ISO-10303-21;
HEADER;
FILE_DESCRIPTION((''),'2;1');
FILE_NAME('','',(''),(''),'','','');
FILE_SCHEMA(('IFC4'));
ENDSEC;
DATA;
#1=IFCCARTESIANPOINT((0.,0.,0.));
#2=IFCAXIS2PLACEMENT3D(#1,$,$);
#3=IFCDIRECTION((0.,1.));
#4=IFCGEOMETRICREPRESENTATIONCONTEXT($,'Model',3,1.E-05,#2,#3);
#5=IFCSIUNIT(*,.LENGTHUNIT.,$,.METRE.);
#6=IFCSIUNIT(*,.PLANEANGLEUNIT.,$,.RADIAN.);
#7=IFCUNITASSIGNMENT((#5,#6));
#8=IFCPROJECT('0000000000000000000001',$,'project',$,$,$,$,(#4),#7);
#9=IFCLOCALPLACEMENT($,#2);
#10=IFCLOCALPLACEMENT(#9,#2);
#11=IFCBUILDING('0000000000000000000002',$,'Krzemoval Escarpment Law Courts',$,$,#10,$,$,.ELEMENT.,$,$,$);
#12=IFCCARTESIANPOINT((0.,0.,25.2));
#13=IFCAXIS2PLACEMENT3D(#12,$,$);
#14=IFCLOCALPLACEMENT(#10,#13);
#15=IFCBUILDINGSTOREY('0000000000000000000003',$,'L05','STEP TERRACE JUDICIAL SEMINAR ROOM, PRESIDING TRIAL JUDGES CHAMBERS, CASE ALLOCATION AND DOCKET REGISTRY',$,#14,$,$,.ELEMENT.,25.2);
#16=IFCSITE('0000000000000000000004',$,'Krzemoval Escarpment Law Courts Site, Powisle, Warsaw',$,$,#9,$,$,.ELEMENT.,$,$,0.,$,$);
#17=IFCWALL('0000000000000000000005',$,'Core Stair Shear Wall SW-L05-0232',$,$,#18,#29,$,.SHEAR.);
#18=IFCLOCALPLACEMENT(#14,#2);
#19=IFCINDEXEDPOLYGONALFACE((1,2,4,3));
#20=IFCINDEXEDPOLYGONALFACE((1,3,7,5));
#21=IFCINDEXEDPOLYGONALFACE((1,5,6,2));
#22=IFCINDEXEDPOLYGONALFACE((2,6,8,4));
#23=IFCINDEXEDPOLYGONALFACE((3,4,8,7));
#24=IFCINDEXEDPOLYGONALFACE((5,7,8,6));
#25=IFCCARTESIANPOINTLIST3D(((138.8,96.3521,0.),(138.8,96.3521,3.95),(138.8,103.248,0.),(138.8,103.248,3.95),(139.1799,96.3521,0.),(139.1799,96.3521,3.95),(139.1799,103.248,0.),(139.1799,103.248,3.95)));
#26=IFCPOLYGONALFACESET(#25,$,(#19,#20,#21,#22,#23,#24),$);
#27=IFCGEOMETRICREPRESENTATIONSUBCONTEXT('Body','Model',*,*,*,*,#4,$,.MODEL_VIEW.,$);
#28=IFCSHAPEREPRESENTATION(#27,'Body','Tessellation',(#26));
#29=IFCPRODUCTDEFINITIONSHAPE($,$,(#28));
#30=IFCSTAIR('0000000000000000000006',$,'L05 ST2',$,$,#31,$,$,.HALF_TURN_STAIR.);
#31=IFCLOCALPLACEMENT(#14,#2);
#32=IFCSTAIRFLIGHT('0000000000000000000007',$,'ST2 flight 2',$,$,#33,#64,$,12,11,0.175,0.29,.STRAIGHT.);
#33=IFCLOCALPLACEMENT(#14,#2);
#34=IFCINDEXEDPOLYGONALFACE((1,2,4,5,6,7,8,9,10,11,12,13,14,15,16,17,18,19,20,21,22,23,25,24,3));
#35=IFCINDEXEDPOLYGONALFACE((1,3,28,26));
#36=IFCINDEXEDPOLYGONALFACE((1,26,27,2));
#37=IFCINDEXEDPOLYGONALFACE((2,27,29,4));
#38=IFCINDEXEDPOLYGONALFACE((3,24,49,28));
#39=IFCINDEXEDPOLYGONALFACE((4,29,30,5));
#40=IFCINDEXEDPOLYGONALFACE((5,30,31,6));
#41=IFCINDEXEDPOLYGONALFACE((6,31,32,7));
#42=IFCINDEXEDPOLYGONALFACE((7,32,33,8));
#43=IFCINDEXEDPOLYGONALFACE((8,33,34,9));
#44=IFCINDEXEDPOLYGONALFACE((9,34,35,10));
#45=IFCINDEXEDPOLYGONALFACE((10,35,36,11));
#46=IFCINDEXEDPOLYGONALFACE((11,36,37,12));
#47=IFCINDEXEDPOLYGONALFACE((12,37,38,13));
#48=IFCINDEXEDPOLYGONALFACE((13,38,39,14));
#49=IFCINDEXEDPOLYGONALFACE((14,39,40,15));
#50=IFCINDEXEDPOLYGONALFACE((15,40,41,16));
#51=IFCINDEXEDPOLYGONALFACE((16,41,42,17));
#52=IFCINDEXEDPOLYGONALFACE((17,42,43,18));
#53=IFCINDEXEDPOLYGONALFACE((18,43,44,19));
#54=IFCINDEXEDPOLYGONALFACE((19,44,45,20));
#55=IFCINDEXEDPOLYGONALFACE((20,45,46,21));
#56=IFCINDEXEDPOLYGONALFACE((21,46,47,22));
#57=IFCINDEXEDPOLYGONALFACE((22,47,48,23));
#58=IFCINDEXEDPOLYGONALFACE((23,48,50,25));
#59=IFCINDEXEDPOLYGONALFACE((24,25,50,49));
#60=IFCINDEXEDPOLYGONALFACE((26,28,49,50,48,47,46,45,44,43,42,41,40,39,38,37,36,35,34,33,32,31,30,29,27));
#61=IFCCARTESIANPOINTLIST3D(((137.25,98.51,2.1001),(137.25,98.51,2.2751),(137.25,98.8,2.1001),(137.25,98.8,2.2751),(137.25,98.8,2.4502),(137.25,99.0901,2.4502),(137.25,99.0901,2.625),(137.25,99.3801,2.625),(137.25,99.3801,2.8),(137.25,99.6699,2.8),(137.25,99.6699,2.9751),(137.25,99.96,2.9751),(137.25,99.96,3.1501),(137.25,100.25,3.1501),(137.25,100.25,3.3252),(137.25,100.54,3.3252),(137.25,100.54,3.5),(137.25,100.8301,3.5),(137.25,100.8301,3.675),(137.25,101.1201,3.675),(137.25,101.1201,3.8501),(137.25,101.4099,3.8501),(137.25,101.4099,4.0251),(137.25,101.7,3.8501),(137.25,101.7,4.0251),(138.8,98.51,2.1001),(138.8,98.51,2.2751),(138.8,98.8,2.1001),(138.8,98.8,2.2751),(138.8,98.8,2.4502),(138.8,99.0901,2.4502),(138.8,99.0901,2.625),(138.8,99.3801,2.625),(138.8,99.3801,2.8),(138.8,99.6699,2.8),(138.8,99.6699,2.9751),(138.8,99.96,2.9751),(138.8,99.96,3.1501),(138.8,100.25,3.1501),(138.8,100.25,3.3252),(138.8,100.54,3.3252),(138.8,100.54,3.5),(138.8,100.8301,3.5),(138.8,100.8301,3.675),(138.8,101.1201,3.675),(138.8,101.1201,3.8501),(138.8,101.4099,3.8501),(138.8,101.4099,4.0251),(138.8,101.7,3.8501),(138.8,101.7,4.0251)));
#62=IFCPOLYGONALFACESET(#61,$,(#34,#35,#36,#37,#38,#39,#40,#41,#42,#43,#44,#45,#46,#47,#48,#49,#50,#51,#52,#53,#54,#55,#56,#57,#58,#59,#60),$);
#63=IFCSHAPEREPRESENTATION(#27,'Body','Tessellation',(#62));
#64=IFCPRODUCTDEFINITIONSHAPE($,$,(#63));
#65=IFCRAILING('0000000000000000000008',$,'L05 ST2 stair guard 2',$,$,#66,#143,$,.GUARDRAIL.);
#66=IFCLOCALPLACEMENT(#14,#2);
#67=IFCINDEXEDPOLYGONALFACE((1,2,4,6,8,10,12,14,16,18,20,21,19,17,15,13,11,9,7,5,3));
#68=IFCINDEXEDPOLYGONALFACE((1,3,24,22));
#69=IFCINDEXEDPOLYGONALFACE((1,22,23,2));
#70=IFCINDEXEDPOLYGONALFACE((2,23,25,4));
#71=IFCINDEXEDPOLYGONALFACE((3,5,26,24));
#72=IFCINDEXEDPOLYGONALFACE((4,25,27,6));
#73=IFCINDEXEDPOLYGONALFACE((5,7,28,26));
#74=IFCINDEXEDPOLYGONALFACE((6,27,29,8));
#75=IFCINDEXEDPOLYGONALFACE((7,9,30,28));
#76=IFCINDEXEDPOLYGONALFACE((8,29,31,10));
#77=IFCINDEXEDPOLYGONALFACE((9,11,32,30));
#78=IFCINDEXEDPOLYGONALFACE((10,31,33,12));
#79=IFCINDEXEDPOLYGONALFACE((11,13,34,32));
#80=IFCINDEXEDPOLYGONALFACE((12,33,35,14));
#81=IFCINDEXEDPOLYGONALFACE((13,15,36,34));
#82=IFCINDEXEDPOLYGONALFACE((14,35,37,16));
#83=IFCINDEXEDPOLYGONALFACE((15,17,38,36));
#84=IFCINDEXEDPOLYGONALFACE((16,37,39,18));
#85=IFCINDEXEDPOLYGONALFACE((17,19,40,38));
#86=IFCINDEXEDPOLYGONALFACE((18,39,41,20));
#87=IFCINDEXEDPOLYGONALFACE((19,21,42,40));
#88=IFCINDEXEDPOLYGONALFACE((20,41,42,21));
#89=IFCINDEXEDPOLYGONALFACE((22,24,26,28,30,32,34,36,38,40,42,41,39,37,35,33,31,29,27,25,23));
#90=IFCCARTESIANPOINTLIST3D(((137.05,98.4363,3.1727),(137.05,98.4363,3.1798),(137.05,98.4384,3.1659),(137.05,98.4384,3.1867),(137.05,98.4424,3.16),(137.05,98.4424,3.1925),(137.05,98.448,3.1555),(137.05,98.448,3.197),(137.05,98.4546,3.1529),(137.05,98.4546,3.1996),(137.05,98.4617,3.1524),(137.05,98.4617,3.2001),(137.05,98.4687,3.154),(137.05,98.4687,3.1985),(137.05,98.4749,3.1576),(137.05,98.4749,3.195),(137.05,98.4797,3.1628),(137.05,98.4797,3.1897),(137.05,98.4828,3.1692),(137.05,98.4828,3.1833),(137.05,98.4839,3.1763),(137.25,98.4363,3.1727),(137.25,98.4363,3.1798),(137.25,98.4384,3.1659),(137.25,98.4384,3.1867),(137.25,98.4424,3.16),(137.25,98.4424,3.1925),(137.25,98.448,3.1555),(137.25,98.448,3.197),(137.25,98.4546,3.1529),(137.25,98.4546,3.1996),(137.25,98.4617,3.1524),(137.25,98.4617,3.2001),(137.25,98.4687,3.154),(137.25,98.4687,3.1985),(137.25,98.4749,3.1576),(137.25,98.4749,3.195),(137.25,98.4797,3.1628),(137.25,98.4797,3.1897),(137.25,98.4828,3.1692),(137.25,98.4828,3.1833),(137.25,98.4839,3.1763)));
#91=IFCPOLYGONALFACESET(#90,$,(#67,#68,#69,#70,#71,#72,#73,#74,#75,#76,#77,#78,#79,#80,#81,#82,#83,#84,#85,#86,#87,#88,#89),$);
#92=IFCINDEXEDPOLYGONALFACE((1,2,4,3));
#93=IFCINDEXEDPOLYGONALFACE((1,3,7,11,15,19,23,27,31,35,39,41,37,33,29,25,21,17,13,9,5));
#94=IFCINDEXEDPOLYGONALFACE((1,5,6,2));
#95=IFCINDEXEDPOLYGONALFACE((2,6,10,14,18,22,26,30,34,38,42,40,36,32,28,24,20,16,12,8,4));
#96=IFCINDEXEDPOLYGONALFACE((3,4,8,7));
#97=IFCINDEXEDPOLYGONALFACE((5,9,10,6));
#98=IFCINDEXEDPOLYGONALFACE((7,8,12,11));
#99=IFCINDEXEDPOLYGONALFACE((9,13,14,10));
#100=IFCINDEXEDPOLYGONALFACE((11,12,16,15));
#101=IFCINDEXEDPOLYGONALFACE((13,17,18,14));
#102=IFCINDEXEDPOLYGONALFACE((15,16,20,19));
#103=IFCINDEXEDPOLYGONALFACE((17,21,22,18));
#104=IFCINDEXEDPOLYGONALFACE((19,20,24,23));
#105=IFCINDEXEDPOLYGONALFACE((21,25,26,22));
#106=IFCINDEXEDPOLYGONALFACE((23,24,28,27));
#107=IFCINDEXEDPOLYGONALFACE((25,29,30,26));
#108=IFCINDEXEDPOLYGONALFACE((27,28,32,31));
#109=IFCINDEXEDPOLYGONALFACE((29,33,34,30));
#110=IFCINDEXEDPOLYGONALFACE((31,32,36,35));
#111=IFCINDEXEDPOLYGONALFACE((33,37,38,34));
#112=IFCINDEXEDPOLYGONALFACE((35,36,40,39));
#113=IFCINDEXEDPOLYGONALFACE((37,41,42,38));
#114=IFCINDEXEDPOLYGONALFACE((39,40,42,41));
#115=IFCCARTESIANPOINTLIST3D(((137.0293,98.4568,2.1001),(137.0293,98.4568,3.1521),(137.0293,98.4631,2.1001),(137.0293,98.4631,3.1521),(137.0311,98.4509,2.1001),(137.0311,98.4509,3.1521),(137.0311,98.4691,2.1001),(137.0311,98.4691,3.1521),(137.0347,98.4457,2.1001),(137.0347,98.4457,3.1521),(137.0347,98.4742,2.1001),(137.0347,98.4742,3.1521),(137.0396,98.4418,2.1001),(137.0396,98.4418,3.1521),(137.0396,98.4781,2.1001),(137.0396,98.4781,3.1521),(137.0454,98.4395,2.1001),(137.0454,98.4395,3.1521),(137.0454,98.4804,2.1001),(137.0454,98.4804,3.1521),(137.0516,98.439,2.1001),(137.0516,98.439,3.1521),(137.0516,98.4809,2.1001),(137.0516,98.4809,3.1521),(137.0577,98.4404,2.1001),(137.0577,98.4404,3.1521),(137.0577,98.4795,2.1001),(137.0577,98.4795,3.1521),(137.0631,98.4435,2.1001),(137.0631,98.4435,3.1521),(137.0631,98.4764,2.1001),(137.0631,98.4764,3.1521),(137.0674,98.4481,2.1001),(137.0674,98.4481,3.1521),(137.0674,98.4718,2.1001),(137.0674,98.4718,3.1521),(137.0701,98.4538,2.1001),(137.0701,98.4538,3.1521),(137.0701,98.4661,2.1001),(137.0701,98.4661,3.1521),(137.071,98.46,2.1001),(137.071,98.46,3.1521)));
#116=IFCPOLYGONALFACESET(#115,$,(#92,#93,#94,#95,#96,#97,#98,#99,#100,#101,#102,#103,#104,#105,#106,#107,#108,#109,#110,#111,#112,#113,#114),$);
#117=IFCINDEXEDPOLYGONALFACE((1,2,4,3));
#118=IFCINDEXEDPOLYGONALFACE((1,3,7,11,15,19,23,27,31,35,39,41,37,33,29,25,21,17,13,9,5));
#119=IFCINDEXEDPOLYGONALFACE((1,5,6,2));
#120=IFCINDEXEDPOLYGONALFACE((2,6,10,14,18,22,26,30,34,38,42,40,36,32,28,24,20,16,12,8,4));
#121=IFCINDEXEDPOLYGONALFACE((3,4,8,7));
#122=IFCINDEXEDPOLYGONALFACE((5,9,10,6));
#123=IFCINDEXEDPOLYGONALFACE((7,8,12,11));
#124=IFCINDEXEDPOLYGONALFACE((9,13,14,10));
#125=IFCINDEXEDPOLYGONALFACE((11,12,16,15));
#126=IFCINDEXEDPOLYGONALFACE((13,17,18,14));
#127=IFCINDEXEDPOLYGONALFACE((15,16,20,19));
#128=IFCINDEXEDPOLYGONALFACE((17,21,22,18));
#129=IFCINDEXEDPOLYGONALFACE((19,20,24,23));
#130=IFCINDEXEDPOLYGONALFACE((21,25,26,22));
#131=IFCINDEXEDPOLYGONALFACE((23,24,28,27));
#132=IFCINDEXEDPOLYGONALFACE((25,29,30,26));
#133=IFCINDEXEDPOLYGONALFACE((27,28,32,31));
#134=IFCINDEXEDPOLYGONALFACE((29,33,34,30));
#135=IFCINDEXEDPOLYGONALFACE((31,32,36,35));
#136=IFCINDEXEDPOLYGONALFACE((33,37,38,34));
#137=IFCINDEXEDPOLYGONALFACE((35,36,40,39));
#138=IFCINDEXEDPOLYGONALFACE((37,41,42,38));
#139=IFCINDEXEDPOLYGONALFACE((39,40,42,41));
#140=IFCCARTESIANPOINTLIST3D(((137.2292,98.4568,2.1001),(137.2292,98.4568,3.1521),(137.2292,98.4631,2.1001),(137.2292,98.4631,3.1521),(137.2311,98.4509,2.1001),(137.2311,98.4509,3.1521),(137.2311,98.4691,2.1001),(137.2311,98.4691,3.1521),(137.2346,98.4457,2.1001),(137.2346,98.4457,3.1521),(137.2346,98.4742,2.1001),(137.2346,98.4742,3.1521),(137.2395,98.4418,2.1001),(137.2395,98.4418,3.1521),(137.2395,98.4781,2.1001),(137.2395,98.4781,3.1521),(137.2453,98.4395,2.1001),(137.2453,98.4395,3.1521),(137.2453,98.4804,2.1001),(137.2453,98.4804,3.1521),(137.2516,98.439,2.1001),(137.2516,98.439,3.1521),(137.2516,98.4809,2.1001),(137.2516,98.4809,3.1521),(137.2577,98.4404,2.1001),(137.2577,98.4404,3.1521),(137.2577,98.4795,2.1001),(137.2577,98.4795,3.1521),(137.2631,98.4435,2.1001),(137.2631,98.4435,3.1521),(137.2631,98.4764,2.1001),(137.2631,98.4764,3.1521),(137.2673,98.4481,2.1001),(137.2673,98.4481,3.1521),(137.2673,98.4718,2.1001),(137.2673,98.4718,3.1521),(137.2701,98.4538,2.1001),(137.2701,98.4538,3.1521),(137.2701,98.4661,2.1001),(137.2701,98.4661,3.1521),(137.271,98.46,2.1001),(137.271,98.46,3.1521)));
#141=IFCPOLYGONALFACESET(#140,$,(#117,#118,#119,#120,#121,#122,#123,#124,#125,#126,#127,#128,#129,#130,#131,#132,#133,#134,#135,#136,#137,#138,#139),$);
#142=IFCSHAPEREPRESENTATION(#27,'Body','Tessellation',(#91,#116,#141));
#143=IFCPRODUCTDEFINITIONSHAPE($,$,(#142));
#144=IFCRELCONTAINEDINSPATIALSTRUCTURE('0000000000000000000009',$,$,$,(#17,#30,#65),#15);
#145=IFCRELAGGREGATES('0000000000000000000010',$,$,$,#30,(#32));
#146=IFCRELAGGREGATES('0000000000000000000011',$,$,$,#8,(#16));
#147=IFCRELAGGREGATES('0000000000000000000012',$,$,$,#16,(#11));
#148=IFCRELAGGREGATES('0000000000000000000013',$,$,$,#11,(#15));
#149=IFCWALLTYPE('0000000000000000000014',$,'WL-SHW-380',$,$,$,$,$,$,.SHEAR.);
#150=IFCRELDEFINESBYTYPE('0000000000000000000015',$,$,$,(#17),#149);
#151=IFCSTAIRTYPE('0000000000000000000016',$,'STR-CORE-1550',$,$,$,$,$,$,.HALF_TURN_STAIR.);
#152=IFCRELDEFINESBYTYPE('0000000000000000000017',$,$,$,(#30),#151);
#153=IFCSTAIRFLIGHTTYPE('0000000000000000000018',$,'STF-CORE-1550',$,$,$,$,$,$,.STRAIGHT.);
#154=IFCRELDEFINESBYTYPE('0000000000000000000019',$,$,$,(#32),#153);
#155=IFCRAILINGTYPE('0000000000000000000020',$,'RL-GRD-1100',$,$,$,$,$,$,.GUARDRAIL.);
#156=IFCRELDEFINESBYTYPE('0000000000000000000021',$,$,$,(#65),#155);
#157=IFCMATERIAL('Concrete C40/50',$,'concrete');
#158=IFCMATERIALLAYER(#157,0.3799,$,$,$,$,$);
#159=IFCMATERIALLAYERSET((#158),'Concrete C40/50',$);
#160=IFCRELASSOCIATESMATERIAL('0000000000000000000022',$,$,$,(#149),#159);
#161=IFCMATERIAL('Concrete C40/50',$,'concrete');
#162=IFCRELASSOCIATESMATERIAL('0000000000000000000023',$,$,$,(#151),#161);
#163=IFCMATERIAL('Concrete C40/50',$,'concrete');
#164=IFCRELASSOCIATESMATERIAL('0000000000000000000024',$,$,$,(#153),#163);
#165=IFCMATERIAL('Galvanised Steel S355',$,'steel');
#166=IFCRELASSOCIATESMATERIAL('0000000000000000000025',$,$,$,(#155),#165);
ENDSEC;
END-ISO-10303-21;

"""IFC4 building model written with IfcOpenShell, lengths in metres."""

from ifc_helpers import new_model, si_unit, direction, frame, frame_2d, origin, origin_2d, place, context, subcontext, project, spatial, polyline, rectangle, circle, outline, extrude, material, layer, layer_set, type_object, element, aggregate, save


model = new_model("IFC4")

# Units and contexts
model_context = context("Model", 3, precision=1e-05, world=origin(), true_north=direction((0.0, 1.0)))
body_context = subcontext(model_context, "Body", "Model", "MODEL_VIEW")
ifc_project = project(units=[si_unit("LENGTHUNIT", "METRE"), si_unit("PLANEANGLEUNIT", "RADIAN")], contexts=[model_context])

# Site, building, storey
site_placement = place(None, origin())
site = spatial("IfcSite", under=ifc_project, at=site_placement, Name="Krzemoval Escarpment Law Courts Site, Powisle, Warsaw", CompositionType="ELEMENT", RefElevation=0.0)
building_placement = place(site_placement, origin())
building = spatial("IfcBuilding", under=site, at=building_placement, Name="Krzemoval Escarpment Law Courts", CompositionType="ELEMENT")
storey_placement = place(building_placement, frame((0.0, 0.0, 25.2)))
storey = spatial("IfcBuildingStorey", under=building, at=storey_placement, Name="L05", Description="STEP TERRACE JUDICIAL SEMINAR ROOM, PRESIDING TRIAL JUDGES CHAMBERS, CASE ALLOCATION AND DOCKET REGISTRY", CompositionType="ELEMENT", Elevation=25.2)

# Wall
ifc_material_1 = material(Name="Concrete C40/50", Category="concrete")
ifc_layer_1 = layer(ifc_material_1, 0.3799)
ifc_layer_set_1 = layer_set([ifc_layer_1], Name="Concrete C40/50")
wall_type_1 = type_object("IfcWallType", Name="WL-SHW-380", PredefinedType="SHEAR", material=ifc_layer_set_1)
for number, where, z_axis, x_axis, name in (
    (1, (138.99, 96.3521, 0.0), (0.0, 0.0, 1.0), (0.0, 1.0, 0.0), "Core Stair Shear Wall SW-L05-0232"),
):
    element("IfcWall", number, at=place(storey_placement, frame(where, z_axis=z_axis, x_axis=x_axis)), inside=storey, type_object=wall_type_1, Name=name, PredefinedType="SHEAR", context=body_context, shape_type="SweptSolid", body=[
        extrude(rectangle(XDim=6.896, YDim=0.3799, at=frame_2d((3.448, 0.0))), origin(), (0.0, 0.0, 1.0), 3.95),
    ])

# Stair, stair flight
ifc_material_2 = material(Name="Concrete C40/50", Category="concrete")
stair_type = type_object("IfcStairType", Name="STR-CORE-1550", PredefinedType="HALF_TURN_STAIR", material=ifc_material_2)
stair_placement = place(storey_placement, origin())
stair = element("IfcStair", 2, at=stair_placement, inside=storey, type_object=stair_type, Name="L05 ST2", PredefinedType="HALF_TURN_STAIR")
ifc_material_3 = material(Name="Concrete C40/50", Category="concrete")
stair_flight_type = type_object("IfcStairFlightType", Name="STF-CORE-1550", PredefinedType="STRAIGHT", material=ifc_material_3)
stair_flight_placement = place(storey_placement, frame((138.0249, 98.51, 2.1001), z_axis=(0.0, 0.0, 1.0), x_axis=(0.0, 1.0, 0.0)))
stair_flight = element("IfcStairFlight", 3, at=stair_flight_placement, type_object=stair_flight_type, Name="ST2 flight 2", NumberOfRisers=12, NumberOfTreads=11, PredefinedType="STRAIGHT", RiserHeight=0.175, TreadLength=0.29, context=body_context, shape_type="SweptSolid", body=[
    extrude(outline(polyline([(0.0, 0.0), (0.0, 0.175), (0.29, 0.175), (0.29, 0.3501), (0.5801, 0.3501), (0.5801, 0.5249), (0.8701, 0.5249), (0.8701, 0.7), (1.1599, 0.7), (1.1599, 0.875), (1.45, 0.875), (1.45, 1.05), (1.74, 1.05), (1.74, 1.2251), (2.03, 1.2251), (2.03, 1.3999), (2.3201, 1.3999), (2.3201, 1.575), (2.6101, 1.575), (2.6101, 1.75), (2.8999, 1.75), (2.8999, 1.925), (3.1899, 1.925), (3.1899, 2.1001), (3.1899, 1.75), (0.29, 0.0), (0.0, 0.0)])), frame((0.0, 0.7749, 0.0), z_axis=(0.0, -1.0, 0.0), x_axis=(1.0, 0.0, 0.0)), (0.0, 0.0, 1.0), 1.55),
])
aggregate(stair, [stair_flight])

# Railing
ifc_material_4 = material(Name="Galvanised Steel S355", Category="steel")
railing_type_1 = type_object("IfcRailingType", Name="RL-GRD-1100", PredefinedType="GUARDRAIL", material=ifc_material_4)
railing_1_placement = place(storey_placement, frame((137.05, 98.46, 2.1001)))
element("IfcRailing", 4, at=railing_1_placement, inside=storey, type_object=railing_type_1, Name="L05 ST2 stair guard 2", PredefinedType="GUARDRAIL", context=body_context, shape_type="SweptSolid", body=[
    extrude(circle(Radius=0.0239, at=origin_2d()), frame((0.0, 0.0, 1.0762), z_axis=(1.0, 0.0, 0.0), x_axis=(0.0, 1.0, 0.0)), (0.0, 0.0, 1.0), 0.2),
    extrude(circle(Radius=0.021, at=origin_2d()), origin(), (0.0, 0.0, 1.0), 1.052),
    extrude(circle(Radius=0.021, at=origin_2d()), frame((0.2, 0.0, 0.0)), (0.0, 0.0, 1.0), 1.052),
])

save(model, "model.ifc")
